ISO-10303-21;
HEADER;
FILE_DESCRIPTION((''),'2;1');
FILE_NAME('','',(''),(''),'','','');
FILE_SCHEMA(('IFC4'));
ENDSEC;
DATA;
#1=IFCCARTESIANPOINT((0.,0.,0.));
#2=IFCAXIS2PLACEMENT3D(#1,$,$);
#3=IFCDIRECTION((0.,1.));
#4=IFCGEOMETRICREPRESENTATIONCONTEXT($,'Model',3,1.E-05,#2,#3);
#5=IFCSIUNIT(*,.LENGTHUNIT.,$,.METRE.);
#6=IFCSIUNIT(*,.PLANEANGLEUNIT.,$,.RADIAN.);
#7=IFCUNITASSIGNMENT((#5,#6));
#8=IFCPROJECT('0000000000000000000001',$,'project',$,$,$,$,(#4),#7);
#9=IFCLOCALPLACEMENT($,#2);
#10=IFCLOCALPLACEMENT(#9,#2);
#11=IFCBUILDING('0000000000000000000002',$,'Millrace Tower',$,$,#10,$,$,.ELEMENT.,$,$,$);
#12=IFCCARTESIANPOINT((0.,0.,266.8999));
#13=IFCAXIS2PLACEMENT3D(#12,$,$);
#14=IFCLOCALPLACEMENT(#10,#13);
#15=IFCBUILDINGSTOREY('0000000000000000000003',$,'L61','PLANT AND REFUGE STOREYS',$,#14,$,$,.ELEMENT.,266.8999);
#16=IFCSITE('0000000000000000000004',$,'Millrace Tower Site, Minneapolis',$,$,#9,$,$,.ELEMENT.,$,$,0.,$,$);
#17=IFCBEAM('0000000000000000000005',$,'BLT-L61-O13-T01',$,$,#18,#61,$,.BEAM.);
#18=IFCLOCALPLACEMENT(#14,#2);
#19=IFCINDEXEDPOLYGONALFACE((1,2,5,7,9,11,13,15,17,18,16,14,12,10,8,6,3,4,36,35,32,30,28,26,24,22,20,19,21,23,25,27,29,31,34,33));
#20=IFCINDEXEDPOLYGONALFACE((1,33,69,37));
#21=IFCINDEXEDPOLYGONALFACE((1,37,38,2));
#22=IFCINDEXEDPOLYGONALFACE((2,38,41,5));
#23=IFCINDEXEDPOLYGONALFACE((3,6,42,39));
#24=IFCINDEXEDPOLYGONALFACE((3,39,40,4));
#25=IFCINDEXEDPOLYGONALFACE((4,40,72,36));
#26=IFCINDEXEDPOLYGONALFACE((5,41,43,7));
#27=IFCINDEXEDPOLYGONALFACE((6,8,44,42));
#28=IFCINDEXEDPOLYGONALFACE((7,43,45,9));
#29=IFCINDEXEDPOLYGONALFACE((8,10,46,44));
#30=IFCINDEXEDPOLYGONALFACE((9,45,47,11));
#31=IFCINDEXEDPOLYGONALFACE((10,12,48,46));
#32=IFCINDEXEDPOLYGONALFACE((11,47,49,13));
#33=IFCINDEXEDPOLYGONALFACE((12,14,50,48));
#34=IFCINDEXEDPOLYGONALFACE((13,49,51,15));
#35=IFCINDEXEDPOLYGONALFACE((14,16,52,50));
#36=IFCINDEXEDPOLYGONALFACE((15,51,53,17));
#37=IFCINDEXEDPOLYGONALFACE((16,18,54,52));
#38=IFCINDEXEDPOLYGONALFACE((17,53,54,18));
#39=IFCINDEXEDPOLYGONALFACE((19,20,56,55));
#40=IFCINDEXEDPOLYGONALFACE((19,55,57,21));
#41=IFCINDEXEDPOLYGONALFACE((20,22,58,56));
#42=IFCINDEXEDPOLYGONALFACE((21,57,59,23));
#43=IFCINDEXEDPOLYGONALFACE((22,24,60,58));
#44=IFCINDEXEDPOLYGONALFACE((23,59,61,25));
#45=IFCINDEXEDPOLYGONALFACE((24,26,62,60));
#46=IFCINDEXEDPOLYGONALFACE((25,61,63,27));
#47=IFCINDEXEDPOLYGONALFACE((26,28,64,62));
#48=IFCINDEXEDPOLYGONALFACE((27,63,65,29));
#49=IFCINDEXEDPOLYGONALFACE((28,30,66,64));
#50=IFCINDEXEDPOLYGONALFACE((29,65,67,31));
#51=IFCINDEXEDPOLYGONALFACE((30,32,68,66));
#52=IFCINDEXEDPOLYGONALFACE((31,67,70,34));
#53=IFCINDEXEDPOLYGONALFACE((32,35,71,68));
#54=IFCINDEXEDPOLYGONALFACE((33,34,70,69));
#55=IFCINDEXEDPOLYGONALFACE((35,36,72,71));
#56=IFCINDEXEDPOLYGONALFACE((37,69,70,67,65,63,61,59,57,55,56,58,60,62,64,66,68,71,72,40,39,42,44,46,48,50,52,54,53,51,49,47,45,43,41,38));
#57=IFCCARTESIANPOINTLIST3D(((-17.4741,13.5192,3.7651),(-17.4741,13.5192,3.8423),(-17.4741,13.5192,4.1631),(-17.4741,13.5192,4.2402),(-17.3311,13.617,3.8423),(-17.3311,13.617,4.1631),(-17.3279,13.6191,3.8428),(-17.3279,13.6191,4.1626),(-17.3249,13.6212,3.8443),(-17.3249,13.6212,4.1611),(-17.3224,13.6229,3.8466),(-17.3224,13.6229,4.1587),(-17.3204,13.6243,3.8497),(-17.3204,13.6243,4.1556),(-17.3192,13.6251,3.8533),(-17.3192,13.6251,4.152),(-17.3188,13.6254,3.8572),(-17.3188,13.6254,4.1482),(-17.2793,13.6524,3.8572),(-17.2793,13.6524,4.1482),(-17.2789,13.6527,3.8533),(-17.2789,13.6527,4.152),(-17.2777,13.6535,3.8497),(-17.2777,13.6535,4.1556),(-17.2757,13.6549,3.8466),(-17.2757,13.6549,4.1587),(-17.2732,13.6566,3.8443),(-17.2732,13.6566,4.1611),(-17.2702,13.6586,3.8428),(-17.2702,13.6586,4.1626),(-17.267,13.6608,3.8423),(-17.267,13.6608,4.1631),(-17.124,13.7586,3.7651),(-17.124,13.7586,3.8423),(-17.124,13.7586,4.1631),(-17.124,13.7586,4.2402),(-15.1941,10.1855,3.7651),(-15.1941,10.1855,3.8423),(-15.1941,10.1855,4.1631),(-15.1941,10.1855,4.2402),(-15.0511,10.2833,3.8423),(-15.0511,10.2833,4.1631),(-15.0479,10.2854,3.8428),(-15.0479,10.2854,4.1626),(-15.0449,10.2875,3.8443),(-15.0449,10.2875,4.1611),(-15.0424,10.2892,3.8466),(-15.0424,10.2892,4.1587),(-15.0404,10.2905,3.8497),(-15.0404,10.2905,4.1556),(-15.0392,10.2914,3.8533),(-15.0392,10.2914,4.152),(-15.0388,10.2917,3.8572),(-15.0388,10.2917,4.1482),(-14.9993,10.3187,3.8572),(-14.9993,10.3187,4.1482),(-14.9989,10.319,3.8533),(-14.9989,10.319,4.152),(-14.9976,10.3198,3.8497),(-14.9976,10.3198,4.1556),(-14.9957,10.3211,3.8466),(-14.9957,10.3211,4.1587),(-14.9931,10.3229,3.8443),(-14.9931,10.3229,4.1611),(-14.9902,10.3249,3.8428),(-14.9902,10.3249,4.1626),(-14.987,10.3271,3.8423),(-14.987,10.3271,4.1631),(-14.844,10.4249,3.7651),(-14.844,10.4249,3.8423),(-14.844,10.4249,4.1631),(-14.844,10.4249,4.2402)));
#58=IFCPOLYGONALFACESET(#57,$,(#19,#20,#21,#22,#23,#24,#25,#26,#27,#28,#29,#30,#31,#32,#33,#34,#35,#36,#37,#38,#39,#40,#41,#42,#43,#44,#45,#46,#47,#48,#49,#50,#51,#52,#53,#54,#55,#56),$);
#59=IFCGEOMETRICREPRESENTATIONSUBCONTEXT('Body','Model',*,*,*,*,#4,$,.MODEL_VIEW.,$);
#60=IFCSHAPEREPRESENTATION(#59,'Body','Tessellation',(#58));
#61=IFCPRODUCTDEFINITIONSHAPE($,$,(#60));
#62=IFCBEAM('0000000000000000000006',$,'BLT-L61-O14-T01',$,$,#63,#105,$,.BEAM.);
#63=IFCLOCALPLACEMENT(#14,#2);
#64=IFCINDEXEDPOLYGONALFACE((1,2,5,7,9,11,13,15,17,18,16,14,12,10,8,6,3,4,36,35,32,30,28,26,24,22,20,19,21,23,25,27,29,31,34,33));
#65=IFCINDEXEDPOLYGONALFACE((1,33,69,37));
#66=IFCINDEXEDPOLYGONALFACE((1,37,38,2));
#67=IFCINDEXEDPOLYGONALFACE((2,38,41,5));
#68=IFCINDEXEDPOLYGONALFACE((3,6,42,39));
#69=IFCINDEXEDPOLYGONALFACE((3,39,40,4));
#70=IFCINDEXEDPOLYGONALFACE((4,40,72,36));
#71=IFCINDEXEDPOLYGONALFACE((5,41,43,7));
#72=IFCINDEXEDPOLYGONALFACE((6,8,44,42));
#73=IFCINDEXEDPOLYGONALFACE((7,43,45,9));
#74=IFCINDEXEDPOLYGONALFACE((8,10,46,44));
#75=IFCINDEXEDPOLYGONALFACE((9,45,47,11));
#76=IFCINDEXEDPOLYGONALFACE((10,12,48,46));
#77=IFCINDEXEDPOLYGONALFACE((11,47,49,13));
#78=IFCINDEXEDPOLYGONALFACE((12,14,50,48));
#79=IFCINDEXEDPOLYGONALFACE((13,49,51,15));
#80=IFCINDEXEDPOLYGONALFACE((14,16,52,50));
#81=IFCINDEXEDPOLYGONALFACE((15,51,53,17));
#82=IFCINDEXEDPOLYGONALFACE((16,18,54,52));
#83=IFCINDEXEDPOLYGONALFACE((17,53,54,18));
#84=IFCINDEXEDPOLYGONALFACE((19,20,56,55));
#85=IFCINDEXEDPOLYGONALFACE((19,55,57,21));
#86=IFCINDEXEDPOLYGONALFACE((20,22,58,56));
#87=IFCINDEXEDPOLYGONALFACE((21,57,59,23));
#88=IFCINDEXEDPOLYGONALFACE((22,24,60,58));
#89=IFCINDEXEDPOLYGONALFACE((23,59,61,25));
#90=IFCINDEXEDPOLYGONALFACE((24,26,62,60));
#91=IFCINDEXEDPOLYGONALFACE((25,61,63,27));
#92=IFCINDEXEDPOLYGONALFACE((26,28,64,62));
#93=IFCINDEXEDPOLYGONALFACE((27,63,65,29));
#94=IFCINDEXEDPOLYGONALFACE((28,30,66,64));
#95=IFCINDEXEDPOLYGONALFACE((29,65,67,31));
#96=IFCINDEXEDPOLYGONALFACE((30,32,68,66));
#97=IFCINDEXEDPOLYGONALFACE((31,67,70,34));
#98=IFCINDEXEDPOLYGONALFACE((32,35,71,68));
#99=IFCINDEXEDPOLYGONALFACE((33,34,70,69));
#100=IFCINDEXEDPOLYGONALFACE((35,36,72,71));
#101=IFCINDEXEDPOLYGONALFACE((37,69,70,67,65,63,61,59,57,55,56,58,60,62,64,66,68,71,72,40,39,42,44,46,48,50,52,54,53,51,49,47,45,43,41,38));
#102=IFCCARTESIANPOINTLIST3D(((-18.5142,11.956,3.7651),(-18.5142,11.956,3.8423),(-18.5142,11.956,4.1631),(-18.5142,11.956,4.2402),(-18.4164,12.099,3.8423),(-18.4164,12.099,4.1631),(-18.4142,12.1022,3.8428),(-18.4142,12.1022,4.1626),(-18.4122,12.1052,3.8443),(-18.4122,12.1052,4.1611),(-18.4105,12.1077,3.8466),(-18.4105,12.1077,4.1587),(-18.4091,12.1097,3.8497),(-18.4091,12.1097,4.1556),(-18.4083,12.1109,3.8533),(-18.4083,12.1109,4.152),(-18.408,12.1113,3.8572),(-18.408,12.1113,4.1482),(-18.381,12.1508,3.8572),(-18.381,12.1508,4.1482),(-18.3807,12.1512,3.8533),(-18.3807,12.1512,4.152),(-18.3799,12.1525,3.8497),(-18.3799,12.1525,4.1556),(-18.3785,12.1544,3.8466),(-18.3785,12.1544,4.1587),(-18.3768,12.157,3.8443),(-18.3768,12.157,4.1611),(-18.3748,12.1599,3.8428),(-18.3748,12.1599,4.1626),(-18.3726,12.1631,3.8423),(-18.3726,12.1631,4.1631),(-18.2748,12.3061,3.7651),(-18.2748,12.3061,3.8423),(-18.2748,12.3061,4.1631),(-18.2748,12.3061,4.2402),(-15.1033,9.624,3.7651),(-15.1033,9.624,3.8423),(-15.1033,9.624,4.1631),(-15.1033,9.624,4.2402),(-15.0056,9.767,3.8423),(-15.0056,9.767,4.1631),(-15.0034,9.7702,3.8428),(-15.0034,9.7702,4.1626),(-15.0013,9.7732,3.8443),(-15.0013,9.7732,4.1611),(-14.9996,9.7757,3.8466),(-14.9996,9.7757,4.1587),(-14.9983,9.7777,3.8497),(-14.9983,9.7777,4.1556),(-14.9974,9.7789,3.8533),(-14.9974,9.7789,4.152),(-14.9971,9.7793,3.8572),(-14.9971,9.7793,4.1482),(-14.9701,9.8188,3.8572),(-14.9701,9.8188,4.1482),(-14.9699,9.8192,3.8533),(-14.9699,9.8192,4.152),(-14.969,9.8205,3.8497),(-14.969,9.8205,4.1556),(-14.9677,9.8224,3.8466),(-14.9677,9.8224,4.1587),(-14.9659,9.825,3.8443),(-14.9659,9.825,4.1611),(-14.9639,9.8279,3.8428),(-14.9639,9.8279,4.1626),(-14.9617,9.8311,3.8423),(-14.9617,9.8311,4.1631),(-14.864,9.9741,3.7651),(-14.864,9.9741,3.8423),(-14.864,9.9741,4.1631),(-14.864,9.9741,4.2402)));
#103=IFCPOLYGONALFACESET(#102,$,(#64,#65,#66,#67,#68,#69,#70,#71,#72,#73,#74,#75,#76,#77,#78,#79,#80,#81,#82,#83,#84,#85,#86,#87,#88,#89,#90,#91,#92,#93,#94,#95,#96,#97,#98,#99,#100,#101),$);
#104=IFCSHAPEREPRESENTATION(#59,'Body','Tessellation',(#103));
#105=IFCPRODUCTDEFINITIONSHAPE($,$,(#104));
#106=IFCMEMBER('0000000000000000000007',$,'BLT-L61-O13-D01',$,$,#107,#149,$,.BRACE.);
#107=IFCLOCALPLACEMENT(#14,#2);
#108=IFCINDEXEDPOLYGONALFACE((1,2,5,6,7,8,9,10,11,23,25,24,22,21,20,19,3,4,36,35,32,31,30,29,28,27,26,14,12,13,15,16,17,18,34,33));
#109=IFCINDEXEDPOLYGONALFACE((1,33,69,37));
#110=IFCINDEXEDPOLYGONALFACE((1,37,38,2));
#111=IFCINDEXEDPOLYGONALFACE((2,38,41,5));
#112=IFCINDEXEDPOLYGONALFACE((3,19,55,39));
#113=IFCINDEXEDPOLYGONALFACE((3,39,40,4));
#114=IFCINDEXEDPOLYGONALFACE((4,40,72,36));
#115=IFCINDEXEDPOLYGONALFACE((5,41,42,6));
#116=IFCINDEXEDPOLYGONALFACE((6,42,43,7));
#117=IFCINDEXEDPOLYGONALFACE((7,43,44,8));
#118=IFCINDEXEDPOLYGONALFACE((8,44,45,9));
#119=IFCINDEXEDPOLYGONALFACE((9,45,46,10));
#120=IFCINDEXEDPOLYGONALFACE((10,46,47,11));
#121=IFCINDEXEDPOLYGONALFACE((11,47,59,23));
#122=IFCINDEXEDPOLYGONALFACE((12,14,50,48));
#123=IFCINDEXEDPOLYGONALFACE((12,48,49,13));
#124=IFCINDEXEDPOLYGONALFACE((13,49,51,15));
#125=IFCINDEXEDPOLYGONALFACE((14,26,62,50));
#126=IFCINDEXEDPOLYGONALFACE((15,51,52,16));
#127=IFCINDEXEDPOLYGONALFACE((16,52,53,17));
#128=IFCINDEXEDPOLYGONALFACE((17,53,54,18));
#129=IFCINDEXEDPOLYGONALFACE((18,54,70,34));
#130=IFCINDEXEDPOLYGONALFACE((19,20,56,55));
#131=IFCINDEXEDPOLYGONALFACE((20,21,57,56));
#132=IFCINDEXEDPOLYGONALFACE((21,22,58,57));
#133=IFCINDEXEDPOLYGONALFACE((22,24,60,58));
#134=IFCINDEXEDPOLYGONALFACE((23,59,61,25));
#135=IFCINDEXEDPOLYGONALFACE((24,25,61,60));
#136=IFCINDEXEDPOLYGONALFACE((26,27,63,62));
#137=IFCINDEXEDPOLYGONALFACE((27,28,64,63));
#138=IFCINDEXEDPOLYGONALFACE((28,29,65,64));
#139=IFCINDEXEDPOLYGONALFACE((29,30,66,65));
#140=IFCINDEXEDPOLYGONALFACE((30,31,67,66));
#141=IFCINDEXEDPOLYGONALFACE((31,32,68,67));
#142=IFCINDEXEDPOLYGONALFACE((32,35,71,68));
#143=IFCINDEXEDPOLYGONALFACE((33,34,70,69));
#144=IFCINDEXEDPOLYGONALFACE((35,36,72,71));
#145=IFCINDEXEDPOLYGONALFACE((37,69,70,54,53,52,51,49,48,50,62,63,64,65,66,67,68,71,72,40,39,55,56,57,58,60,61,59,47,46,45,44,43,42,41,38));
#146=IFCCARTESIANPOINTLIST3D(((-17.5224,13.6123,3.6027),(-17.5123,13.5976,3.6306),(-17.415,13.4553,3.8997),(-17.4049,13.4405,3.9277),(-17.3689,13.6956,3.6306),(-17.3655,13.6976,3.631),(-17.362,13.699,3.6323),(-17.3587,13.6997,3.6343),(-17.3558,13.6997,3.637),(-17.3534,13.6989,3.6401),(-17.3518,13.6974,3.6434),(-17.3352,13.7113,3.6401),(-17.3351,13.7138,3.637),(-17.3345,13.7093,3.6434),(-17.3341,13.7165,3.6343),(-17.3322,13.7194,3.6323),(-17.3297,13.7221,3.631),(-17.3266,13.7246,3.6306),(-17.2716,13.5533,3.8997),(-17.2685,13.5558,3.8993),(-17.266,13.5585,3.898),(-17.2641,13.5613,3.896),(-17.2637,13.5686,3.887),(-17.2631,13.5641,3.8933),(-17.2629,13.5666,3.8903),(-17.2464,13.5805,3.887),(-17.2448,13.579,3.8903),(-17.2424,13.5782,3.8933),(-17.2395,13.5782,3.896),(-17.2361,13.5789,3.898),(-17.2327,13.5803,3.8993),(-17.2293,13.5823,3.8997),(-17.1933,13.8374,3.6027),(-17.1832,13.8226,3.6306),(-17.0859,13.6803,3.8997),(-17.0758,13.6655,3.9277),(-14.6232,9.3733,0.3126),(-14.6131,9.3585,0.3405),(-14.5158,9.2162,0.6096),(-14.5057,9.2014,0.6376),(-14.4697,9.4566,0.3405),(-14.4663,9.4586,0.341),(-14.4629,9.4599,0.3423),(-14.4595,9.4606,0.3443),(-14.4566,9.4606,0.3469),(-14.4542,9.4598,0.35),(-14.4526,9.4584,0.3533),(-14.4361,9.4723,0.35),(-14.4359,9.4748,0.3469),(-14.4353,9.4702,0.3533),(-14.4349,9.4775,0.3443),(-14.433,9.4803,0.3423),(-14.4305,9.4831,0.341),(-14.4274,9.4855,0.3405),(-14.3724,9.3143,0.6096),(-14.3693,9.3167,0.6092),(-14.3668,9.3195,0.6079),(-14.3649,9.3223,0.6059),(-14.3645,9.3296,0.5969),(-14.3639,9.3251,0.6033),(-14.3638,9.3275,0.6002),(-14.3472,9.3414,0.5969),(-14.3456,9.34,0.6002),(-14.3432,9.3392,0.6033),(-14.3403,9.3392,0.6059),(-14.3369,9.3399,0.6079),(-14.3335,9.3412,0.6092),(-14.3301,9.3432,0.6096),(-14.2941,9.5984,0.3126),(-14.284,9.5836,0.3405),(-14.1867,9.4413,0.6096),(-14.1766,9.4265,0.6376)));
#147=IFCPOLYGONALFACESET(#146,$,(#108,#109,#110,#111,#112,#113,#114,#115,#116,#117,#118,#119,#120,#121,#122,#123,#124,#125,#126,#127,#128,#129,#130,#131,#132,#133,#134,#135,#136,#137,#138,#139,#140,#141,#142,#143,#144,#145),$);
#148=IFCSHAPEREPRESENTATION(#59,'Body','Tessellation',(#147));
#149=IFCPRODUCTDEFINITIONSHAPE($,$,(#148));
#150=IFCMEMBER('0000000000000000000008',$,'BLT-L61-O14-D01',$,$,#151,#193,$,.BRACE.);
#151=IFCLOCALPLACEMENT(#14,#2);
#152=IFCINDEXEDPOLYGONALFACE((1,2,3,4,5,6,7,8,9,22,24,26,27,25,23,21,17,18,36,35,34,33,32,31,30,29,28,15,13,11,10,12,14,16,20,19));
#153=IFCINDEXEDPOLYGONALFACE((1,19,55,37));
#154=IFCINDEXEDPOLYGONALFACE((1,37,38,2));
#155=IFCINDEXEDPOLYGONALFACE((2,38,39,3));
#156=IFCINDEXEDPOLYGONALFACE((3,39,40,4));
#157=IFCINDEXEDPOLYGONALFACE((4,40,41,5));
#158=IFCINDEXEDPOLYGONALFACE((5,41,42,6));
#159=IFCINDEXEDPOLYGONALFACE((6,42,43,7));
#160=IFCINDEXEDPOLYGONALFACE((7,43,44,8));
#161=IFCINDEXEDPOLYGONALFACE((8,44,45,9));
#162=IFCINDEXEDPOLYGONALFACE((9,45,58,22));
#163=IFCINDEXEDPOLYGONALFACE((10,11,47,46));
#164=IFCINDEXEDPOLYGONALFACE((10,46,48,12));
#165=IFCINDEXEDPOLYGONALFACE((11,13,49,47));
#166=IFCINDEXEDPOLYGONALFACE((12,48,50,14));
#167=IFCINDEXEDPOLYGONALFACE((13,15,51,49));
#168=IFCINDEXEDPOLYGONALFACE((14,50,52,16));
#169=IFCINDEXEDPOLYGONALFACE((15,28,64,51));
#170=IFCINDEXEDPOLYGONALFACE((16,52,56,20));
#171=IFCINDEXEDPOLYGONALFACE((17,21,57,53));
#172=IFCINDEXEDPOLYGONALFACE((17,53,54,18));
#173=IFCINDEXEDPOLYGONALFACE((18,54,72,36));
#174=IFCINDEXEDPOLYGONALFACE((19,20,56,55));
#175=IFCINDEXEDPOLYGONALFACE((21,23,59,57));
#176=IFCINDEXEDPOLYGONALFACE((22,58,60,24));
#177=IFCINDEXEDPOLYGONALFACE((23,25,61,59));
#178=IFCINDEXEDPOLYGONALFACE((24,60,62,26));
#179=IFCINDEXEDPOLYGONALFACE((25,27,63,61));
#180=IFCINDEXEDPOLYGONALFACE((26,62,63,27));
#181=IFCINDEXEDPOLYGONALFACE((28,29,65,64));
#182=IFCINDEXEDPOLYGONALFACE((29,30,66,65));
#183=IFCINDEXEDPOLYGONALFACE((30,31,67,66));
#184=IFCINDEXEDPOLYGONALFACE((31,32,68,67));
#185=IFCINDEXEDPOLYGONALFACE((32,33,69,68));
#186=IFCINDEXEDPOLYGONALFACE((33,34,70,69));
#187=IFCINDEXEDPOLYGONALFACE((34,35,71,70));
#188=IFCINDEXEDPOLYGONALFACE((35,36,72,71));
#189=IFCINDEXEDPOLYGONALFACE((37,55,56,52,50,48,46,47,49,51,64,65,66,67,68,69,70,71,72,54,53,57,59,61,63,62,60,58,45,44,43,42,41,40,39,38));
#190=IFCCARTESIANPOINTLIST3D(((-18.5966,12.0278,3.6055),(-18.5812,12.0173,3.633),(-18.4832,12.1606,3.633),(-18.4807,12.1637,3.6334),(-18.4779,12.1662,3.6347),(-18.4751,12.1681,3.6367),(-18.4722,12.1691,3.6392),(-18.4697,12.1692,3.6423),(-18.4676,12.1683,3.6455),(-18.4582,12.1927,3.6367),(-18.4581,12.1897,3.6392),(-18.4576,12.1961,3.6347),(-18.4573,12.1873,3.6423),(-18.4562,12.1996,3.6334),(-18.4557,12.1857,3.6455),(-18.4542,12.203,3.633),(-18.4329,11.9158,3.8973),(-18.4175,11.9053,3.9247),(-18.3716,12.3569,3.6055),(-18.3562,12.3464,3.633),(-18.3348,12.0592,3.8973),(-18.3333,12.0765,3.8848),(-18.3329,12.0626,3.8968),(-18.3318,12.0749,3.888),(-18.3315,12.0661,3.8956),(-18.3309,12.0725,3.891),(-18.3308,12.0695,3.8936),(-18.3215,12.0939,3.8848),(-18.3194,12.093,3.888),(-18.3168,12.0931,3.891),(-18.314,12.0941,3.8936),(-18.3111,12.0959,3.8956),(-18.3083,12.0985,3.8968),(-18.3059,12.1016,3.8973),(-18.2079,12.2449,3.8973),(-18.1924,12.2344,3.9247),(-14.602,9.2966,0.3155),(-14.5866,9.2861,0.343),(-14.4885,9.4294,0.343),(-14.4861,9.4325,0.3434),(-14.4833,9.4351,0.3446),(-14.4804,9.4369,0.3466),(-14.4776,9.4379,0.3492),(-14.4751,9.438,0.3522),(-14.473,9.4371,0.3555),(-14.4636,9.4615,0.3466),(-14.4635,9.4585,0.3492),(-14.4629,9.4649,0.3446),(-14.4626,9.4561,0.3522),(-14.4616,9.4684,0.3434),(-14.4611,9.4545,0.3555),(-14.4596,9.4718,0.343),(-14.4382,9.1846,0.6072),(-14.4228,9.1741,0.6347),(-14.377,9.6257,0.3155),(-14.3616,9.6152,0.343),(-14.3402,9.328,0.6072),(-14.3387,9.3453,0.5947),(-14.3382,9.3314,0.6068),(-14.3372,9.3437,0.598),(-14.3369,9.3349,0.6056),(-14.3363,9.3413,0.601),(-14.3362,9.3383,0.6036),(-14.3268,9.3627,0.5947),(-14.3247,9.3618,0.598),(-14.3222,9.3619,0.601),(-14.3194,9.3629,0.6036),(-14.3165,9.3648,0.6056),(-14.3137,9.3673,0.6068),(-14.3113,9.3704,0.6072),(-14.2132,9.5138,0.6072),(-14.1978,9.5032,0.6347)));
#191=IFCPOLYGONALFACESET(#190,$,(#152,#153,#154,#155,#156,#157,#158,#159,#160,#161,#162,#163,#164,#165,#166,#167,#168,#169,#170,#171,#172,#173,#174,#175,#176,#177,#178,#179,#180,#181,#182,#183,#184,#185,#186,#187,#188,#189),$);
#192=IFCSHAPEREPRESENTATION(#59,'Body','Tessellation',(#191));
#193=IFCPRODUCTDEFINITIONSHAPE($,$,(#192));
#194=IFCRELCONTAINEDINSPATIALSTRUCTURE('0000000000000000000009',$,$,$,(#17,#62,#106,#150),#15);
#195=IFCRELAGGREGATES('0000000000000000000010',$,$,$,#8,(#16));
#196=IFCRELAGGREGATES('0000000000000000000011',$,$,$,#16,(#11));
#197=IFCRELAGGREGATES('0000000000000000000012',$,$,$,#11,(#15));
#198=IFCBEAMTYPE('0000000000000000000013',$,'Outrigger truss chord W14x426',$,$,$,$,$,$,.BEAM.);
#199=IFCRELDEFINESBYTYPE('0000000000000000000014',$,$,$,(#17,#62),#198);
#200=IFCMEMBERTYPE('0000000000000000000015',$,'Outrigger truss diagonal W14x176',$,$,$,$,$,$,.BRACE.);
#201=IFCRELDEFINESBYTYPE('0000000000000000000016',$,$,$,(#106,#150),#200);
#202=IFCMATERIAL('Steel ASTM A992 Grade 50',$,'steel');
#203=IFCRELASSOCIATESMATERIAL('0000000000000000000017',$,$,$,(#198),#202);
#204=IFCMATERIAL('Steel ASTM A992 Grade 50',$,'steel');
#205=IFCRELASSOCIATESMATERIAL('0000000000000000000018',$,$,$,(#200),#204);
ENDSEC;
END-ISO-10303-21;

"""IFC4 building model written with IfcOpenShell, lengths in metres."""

from ifc_helpers import new_model, si_unit, direction, frame, origin, origin_2d, place, context, subcontext, project, spatial, i_section, extrude, material, material_profile, profile_set, type_object, element, save


model = new_model("IFC4")

# Units and contexts
model_context = context("Model", 3, precision=1e-05, world=origin(), true_north=direction((0.0, 1.0)))
body_context = subcontext(model_context, "Body", "Model", "MODEL_VIEW")
ifc_project = project(units=[si_unit("LENGTHUNIT", "METRE"), si_unit("PLANEANGLEUNIT", "RADIAN")], contexts=[model_context])

# Site, building, storey
site_placement = place(None, origin())
site = spatial("IfcSite", under=ifc_project, at=site_placement, Name="Millrace Tower Site, Minneapolis", CompositionType="ELEMENT", RefElevation=0.0)
building_placement = place(site_placement, origin())
building = spatial("IfcBuilding", under=site, at=building_placement, Name="Millrace Tower", CompositionType="ELEMENT")
storey_placement = place(building_placement, frame((0.0, 0.0, 266.8999)))
storey = spatial("IfcBuildingStorey", under=building, at=storey_placement, Name="L61", Description="PLANT AND REFUGE STOREYS", CompositionType="ELEMENT", Elevation=266.8999)

# Beams
ifc_material_1 = material(Name="Steel ASTM A992 Grade 50", Category="steel")
ifc_material_profile_1 = material_profile(ifc_material_1, i_section(OverallWidth=0.4241, OverallDepth=0.4751, WebThickness=0.0479, FlangeThickness=0.0771, FilletRadius=0.0149, at=origin_2d()))
ifc_profile_set_1 = profile_set([ifc_material_profile_1], Name="Steel ASTM A992 Grade 50")
beam_type_1 = type_object("IfcBeamType", Name="Outrigger truss chord W14x426", PredefinedType="BEAM", material=ifc_profile_set_1)
beam_1_placement = place(storey_placement, frame((-15.019, 10.3052, 4.0027), z_axis=(-0.564524, 0.825417, 0.0), x_axis=(-0.825417, -0.564524, 0.0)))
element("IfcBeam", 1, at=beam_1_placement, inside=storey, type_object=beam_type_1, Name="BLT-L61-O13-T01", PredefinedType="BEAM", context=body_context, shape_type="SweptSolid", body=[
    extrude(i_section(OverallWidth=0.4241, OverallDepth=0.4751, WebThickness=0.0479, FlangeThickness=0.0771, FilletRadius=0.0149, at=origin_2d()), origin(), (0.0, 0.0, 1.0), 4.0388),
])
beam_2_placement = place(storey_placement, frame((-14.9836, 9.7991, 4.0027), z_axis=(-0.825503, 0.564398, 0.0), x_axis=(-0.564398, -0.825503, 0.0)))
element("IfcBeam", 2, at=beam_2_placement, inside=storey, type_object=beam_type_1, Name="BLT-L61-O14-T01", PredefinedType="BEAM", context=body_context, shape_type="SweptSolid", body=[
    extrude(i_section(OverallWidth=0.4241, OverallDepth=0.4751, WebThickness=0.0479, FlangeThickness=0.0771, FilletRadius=0.0149, at=origin_2d()), origin(), (0.0, 0.0, 1.0), 4.1318),
])

# Members
ifc_material_2 = material(Name="Steel ASTM A992 Grade 50", Category="steel")
ifc_material_profile_2 = material_profile(ifc_material_2, i_section(OverallWidth=0.3987, OverallDepth=0.386, WebThickness=0.021, FlangeThickness=0.0332, FilletRadius=0.0151, at=origin_2d()))
ifc_profile_set_2 = profile_set([ifc_material_profile_2], Name="Steel ASTM A992 Grade 50")
member_type_1 = type_object("IfcMemberType", Name="Outrigger truss diagonal W14x176", PredefinedType="BRACE", material=ifc_profile_set_2)
member_1_placement = place(storey_placement, frame((-14.3999, 9.3999, 0.4751), z_axis=(-0.475345, 0.695025, 0.539432), x_axis=(-0.825417, -0.564524, 0.0)))
element("IfcMember", 3, at=member_1_placement, inside=storey, type_object=member_type_1, Name="BLT-L61-O13-D01", PredefinedType="BRACE", context=body_context, shape_type="SweptSolid", body=[
    extrude(i_section(OverallWidth=0.3987, OverallDepth=0.386, WebThickness=0.021, FlangeThickness=0.0332, FilletRadius=0.0151, at=origin_2d()), origin(), (0.0, 0.0, 1.0), 6.0991),
])
member_2_placement = place(storey_placement, frame((-14.3999, 9.3999, 0.4751), z_axis=(-0.682659, 0.466747, 0.562249), x_axis=(-0.564407, -0.825497, 0.0)))
element("IfcMember", 4, at=member_2_placement, inside=storey, type_object=member_type_1, Name="BLT-L61-O14-D01", PredefinedType="BRACE", context=body_context, shape_type="SweptSolid", body=[
    extrude(i_section(OverallWidth=0.3987, OverallDepth=0.386, WebThickness=0.021, FlangeThickness=0.0332, FilletRadius=0.0151, at=origin_2d()), origin(), (0.0, 0.0, 1.0), 5.8516),
])

save(model, "model.ifc")
